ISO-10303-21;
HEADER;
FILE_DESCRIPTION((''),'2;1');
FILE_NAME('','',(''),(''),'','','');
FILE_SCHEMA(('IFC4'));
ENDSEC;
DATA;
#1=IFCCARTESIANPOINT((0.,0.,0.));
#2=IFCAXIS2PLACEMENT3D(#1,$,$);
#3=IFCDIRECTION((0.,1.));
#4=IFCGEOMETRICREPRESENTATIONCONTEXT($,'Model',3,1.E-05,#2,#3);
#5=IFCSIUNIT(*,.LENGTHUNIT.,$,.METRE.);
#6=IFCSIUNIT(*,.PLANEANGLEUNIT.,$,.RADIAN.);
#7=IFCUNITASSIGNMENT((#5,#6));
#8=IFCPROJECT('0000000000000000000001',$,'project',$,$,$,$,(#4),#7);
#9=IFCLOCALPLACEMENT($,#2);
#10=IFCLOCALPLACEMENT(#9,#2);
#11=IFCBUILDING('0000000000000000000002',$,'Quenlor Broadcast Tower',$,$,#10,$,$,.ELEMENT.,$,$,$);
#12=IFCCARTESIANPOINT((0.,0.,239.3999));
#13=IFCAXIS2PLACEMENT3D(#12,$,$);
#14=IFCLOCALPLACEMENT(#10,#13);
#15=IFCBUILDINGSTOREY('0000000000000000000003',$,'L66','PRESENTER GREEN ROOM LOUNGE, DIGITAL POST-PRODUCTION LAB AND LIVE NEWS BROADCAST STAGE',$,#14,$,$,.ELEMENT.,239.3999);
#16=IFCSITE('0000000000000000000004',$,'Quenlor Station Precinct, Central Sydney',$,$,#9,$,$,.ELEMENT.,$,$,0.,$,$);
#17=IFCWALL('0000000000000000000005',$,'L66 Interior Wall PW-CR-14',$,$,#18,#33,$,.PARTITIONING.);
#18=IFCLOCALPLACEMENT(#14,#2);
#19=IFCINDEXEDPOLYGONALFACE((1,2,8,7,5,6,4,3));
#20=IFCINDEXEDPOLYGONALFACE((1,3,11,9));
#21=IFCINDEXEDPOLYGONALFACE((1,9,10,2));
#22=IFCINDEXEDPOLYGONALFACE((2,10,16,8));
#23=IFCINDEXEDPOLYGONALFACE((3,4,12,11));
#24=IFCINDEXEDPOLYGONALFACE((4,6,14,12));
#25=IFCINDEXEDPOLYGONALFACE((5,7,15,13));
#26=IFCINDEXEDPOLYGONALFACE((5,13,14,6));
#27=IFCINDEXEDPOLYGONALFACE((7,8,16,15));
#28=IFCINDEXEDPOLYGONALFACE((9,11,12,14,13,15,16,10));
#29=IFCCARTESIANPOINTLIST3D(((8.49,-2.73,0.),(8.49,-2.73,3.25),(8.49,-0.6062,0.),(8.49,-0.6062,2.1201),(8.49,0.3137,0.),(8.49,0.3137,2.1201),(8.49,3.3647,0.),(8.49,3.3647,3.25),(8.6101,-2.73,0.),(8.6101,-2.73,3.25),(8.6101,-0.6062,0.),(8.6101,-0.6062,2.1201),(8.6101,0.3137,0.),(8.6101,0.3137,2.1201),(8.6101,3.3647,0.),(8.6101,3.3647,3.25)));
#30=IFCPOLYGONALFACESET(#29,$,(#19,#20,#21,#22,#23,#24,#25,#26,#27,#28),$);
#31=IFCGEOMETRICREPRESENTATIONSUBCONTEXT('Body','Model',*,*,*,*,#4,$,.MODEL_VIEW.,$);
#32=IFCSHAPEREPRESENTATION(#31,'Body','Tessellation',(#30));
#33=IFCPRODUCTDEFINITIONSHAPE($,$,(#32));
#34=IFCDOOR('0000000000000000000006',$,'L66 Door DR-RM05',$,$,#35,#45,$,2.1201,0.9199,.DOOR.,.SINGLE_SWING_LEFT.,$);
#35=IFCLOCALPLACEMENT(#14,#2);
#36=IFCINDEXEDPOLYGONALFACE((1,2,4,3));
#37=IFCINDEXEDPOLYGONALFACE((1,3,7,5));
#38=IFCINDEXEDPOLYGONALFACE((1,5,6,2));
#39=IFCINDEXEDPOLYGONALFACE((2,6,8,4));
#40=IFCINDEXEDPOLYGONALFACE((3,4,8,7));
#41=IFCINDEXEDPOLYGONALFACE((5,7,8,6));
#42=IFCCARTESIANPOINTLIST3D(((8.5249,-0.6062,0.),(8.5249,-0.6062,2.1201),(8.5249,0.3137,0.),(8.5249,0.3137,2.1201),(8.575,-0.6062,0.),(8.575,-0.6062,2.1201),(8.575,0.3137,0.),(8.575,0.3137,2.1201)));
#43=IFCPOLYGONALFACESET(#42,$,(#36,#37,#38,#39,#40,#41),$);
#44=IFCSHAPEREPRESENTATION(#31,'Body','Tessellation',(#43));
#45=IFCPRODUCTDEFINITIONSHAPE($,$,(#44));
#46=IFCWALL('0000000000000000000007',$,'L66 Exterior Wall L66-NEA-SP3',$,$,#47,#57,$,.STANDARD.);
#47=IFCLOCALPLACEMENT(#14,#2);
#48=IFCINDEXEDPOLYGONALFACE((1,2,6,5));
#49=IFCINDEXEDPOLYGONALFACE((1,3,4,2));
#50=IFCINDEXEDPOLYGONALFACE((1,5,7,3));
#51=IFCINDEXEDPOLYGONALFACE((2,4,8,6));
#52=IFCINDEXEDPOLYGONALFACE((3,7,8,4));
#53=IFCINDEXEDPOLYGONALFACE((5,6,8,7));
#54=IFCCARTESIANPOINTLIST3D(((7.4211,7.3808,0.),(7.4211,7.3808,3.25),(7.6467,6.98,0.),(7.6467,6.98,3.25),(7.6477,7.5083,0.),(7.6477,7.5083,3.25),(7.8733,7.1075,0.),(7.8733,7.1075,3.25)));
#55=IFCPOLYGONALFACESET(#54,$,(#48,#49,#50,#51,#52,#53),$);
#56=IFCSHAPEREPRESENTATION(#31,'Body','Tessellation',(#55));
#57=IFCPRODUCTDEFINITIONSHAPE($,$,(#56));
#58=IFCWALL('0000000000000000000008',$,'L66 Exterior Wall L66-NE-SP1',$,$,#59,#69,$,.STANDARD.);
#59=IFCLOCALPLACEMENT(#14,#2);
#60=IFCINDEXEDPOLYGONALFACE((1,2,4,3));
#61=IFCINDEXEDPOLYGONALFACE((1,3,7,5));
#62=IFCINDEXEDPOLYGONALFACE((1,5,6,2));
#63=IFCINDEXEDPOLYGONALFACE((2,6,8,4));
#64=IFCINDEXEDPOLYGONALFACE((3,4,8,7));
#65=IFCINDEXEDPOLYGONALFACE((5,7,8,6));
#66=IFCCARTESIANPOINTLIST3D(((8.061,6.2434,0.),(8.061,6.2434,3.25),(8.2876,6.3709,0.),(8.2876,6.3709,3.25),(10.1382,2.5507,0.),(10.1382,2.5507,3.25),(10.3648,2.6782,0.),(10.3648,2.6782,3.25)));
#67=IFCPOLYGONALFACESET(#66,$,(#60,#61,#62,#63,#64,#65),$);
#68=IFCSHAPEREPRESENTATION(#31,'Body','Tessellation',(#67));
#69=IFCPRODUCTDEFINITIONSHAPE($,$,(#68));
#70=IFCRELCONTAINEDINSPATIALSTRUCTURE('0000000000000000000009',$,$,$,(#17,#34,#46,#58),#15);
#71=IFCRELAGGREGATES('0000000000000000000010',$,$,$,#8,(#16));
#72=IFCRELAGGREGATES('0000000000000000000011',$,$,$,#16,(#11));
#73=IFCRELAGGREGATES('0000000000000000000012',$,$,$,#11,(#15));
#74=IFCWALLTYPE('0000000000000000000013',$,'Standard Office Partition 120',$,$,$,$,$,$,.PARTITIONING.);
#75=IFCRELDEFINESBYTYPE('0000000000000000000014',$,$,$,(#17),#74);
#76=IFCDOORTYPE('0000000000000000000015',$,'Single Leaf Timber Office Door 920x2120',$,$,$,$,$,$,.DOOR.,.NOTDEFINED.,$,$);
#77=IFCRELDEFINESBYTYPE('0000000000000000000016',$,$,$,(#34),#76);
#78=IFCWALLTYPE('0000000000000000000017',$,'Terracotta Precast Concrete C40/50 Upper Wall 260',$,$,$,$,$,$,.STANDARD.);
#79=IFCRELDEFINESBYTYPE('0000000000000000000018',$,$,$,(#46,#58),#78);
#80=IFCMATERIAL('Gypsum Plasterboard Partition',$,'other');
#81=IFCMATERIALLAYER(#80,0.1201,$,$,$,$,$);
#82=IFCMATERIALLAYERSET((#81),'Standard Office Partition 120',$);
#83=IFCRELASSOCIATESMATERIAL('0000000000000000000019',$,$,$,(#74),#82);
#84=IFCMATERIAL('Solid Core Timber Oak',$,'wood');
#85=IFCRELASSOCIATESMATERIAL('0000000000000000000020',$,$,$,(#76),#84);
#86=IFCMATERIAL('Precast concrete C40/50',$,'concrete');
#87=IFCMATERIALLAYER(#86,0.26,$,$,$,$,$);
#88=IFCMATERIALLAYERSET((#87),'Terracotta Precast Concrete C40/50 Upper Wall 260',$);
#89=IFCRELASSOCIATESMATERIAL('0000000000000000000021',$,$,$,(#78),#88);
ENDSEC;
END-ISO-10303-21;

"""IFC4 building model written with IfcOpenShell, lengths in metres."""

from ifc_helpers import new_model, si_unit, direction, frame, frame_2d, origin, place, context, subcontext, project, spatial, rectangle, extrude, material, layer, layer_set, type_object, element, fill, save


model = new_model("IFC4")

# Units and contexts
model_context = context("Model", 3, precision=1e-05, world=origin(), true_north=direction((0.0, 1.0)))
body_context = subcontext(model_context, "Body", "Model", "MODEL_VIEW")
ifc_project = project(units=[si_unit("LENGTHUNIT", "METRE"), si_unit("PLANEANGLEUNIT", "RADIAN")], contexts=[model_context])

# Site, building, storey
site_placement = place(None, origin())
site = spatial("IfcSite", under=ifc_project, at=site_placement, Name="Quenlor Station Precinct, Central Sydney", CompositionType="ELEMENT", RefElevation=0.0)
building_placement = place(site_placement, origin())
building = spatial("IfcBuilding", under=site, at=building_placement, Name="Quenlor Broadcast Tower", CompositionType="ELEMENT")
storey_placement = place(building_placement, frame((0.0, 0.0, 239.3999)))
storey = spatial("IfcBuildingStorey", under=building, at=storey_placement, Name="L66", Description="PRESENTER GREEN ROOM LOUNGE, DIGITAL POST-PRODUCTION LAB AND LIVE NEWS BROADCAST STAGE", CompositionType="ELEMENT", Elevation=239.3999)

# Shared definitions
ifc_material_1 = material(Name="Gypsum Plasterboard Partition", Category="other")
ifc_layer_1 = layer(ifc_material_1, 0.1201)
ifc_layer_set_1 = layer_set([ifc_layer_1], Name="Standard Office Partition 120")
wall_type_1 = type_object("IfcWallType", Name="Standard Office Partition 120", PredefinedType="PARTITIONING", material=ifc_layer_set_1)

# Wall, opening, door
wall_1_placement = place(storey_placement, frame((8.55, 3.3647, 0.0), z_axis=(0.0, 0.0, 1.0), x_axis=(0.0, -1.0, 0.0)))
wall_1 = element("IfcWall", 1, at=wall_1_placement, inside=storey, type_object=wall_type_1, Name="L66 Interior Wall PW-CR-14", PredefinedType="PARTITIONING", context=body_context, shape_type="SweptSolid", body=[
    extrude(rectangle(XDim=6.0947, YDim=0.1201, at=frame_2d((3.0474, 0.0))), origin(), (0.0, 0.0, 1.0), 3.25),
])
opening_placement = place(wall_1_placement, frame((3.051, 0.0, 0.0)))
opening = element("IfcOpeningElement", 2, at=opening_placement, cuts=wall_1, PredefinedType="OPENING", context=body_context, shape_type="SweptSolid", body=[
    extrude(rectangle(XDim=0.9199, YDim=2.1201, at=frame_2d((0.46, 1.0601))), frame((0.0, 0.0701, 0.0), z_axis=(0.0, -1.0, 0.0), x_axis=(1.0, 0.0, 0.0)), (0.0, 0.0, 1.0), 0.1401),
])
ifc_material_2 = material(Name="Solid Core Timber Oak", Category="wood")
door_type = type_object("IfcDoorType", Name="Single Leaf Timber Office Door 920x2120", OperationType="NOTDEFINED", PredefinedType="DOOR", material=ifc_material_2)
door_placement = place(opening_placement, origin())
door = element("IfcDoor", 3, at=door_placement, inside=storey, type_object=door_type, Name="L66 Door DR-RM05", OperationType="SINGLE_SWING_LEFT", OverallHeight=2.1201, OverallWidth=0.9199, PredefinedType="DOOR", context=body_context, shape_type="SweptSolid", body=[
    extrude(rectangle(XDim=0.9199, YDim=2.1201, at=frame_2d((0.46, 1.0601))), frame((0.0, 0.0249, 0.0), z_axis=(0.0, -1.0, 0.0), x_axis=(1.0, 0.0, 0.0)), (0.0, 0.0, 1.0), 0.05),
])
fill(opening, door)

# Walls
ifc_material_3 = material(Name="Precast concrete C40/50", Category="concrete")
ifc_layer_2 = layer(ifc_material_3, 0.26)
ifc_layer_set_2 = layer_set([ifc_layer_2], Name="Terracotta Precast Concrete C40/50 Upper Wall 260")
wall_type_2 = type_object("IfcWallType", Name="Terracotta Precast Concrete C40/50 Upper Wall 260", PredefinedType="STANDARD", material=ifc_layer_set_2)
wall_2_placement = place(storey_placement, frame((7.5344, 7.4446, 0.0), z_axis=(0.0, 0.0, 1.0), x_axis=(0.490412, -0.87149, 0.0)))
element("IfcWall", 4, at=wall_2_placement, inside=storey, type_object=wall_type_2, Name="L66 Exterior Wall L66-NEA-SP3", PredefinedType="STANDARD", context=body_context, shape_type="SweptSolid", body=[
    extrude(rectangle(XDim=0.46, YDim=0.26, at=frame_2d((0.23, 0.0))), origin(), (0.0, 0.0, 1.0), 3.25),
])
wall_3_placement = place(storey_placement, frame((8.1743, 6.3071, 0.0), z_axis=(0.0, 0.0, 1.0), x_axis=(0.490269, -0.871571, 0.0)))
element("IfcWall", 5, at=wall_3_placement, inside=storey, type_object=wall_type_2, Name="L66 Exterior Wall L66-NE-SP1", PredefinedType="STANDARD", context=body_context, shape_type="SweptSolid", body=[
    extrude(rectangle(XDim=4.2368, YDim=0.26, at=frame_2d((2.1184, 0.0))), origin(), (0.0, 0.0, 1.0), 3.25),
])

save(model, "model.ifc")
